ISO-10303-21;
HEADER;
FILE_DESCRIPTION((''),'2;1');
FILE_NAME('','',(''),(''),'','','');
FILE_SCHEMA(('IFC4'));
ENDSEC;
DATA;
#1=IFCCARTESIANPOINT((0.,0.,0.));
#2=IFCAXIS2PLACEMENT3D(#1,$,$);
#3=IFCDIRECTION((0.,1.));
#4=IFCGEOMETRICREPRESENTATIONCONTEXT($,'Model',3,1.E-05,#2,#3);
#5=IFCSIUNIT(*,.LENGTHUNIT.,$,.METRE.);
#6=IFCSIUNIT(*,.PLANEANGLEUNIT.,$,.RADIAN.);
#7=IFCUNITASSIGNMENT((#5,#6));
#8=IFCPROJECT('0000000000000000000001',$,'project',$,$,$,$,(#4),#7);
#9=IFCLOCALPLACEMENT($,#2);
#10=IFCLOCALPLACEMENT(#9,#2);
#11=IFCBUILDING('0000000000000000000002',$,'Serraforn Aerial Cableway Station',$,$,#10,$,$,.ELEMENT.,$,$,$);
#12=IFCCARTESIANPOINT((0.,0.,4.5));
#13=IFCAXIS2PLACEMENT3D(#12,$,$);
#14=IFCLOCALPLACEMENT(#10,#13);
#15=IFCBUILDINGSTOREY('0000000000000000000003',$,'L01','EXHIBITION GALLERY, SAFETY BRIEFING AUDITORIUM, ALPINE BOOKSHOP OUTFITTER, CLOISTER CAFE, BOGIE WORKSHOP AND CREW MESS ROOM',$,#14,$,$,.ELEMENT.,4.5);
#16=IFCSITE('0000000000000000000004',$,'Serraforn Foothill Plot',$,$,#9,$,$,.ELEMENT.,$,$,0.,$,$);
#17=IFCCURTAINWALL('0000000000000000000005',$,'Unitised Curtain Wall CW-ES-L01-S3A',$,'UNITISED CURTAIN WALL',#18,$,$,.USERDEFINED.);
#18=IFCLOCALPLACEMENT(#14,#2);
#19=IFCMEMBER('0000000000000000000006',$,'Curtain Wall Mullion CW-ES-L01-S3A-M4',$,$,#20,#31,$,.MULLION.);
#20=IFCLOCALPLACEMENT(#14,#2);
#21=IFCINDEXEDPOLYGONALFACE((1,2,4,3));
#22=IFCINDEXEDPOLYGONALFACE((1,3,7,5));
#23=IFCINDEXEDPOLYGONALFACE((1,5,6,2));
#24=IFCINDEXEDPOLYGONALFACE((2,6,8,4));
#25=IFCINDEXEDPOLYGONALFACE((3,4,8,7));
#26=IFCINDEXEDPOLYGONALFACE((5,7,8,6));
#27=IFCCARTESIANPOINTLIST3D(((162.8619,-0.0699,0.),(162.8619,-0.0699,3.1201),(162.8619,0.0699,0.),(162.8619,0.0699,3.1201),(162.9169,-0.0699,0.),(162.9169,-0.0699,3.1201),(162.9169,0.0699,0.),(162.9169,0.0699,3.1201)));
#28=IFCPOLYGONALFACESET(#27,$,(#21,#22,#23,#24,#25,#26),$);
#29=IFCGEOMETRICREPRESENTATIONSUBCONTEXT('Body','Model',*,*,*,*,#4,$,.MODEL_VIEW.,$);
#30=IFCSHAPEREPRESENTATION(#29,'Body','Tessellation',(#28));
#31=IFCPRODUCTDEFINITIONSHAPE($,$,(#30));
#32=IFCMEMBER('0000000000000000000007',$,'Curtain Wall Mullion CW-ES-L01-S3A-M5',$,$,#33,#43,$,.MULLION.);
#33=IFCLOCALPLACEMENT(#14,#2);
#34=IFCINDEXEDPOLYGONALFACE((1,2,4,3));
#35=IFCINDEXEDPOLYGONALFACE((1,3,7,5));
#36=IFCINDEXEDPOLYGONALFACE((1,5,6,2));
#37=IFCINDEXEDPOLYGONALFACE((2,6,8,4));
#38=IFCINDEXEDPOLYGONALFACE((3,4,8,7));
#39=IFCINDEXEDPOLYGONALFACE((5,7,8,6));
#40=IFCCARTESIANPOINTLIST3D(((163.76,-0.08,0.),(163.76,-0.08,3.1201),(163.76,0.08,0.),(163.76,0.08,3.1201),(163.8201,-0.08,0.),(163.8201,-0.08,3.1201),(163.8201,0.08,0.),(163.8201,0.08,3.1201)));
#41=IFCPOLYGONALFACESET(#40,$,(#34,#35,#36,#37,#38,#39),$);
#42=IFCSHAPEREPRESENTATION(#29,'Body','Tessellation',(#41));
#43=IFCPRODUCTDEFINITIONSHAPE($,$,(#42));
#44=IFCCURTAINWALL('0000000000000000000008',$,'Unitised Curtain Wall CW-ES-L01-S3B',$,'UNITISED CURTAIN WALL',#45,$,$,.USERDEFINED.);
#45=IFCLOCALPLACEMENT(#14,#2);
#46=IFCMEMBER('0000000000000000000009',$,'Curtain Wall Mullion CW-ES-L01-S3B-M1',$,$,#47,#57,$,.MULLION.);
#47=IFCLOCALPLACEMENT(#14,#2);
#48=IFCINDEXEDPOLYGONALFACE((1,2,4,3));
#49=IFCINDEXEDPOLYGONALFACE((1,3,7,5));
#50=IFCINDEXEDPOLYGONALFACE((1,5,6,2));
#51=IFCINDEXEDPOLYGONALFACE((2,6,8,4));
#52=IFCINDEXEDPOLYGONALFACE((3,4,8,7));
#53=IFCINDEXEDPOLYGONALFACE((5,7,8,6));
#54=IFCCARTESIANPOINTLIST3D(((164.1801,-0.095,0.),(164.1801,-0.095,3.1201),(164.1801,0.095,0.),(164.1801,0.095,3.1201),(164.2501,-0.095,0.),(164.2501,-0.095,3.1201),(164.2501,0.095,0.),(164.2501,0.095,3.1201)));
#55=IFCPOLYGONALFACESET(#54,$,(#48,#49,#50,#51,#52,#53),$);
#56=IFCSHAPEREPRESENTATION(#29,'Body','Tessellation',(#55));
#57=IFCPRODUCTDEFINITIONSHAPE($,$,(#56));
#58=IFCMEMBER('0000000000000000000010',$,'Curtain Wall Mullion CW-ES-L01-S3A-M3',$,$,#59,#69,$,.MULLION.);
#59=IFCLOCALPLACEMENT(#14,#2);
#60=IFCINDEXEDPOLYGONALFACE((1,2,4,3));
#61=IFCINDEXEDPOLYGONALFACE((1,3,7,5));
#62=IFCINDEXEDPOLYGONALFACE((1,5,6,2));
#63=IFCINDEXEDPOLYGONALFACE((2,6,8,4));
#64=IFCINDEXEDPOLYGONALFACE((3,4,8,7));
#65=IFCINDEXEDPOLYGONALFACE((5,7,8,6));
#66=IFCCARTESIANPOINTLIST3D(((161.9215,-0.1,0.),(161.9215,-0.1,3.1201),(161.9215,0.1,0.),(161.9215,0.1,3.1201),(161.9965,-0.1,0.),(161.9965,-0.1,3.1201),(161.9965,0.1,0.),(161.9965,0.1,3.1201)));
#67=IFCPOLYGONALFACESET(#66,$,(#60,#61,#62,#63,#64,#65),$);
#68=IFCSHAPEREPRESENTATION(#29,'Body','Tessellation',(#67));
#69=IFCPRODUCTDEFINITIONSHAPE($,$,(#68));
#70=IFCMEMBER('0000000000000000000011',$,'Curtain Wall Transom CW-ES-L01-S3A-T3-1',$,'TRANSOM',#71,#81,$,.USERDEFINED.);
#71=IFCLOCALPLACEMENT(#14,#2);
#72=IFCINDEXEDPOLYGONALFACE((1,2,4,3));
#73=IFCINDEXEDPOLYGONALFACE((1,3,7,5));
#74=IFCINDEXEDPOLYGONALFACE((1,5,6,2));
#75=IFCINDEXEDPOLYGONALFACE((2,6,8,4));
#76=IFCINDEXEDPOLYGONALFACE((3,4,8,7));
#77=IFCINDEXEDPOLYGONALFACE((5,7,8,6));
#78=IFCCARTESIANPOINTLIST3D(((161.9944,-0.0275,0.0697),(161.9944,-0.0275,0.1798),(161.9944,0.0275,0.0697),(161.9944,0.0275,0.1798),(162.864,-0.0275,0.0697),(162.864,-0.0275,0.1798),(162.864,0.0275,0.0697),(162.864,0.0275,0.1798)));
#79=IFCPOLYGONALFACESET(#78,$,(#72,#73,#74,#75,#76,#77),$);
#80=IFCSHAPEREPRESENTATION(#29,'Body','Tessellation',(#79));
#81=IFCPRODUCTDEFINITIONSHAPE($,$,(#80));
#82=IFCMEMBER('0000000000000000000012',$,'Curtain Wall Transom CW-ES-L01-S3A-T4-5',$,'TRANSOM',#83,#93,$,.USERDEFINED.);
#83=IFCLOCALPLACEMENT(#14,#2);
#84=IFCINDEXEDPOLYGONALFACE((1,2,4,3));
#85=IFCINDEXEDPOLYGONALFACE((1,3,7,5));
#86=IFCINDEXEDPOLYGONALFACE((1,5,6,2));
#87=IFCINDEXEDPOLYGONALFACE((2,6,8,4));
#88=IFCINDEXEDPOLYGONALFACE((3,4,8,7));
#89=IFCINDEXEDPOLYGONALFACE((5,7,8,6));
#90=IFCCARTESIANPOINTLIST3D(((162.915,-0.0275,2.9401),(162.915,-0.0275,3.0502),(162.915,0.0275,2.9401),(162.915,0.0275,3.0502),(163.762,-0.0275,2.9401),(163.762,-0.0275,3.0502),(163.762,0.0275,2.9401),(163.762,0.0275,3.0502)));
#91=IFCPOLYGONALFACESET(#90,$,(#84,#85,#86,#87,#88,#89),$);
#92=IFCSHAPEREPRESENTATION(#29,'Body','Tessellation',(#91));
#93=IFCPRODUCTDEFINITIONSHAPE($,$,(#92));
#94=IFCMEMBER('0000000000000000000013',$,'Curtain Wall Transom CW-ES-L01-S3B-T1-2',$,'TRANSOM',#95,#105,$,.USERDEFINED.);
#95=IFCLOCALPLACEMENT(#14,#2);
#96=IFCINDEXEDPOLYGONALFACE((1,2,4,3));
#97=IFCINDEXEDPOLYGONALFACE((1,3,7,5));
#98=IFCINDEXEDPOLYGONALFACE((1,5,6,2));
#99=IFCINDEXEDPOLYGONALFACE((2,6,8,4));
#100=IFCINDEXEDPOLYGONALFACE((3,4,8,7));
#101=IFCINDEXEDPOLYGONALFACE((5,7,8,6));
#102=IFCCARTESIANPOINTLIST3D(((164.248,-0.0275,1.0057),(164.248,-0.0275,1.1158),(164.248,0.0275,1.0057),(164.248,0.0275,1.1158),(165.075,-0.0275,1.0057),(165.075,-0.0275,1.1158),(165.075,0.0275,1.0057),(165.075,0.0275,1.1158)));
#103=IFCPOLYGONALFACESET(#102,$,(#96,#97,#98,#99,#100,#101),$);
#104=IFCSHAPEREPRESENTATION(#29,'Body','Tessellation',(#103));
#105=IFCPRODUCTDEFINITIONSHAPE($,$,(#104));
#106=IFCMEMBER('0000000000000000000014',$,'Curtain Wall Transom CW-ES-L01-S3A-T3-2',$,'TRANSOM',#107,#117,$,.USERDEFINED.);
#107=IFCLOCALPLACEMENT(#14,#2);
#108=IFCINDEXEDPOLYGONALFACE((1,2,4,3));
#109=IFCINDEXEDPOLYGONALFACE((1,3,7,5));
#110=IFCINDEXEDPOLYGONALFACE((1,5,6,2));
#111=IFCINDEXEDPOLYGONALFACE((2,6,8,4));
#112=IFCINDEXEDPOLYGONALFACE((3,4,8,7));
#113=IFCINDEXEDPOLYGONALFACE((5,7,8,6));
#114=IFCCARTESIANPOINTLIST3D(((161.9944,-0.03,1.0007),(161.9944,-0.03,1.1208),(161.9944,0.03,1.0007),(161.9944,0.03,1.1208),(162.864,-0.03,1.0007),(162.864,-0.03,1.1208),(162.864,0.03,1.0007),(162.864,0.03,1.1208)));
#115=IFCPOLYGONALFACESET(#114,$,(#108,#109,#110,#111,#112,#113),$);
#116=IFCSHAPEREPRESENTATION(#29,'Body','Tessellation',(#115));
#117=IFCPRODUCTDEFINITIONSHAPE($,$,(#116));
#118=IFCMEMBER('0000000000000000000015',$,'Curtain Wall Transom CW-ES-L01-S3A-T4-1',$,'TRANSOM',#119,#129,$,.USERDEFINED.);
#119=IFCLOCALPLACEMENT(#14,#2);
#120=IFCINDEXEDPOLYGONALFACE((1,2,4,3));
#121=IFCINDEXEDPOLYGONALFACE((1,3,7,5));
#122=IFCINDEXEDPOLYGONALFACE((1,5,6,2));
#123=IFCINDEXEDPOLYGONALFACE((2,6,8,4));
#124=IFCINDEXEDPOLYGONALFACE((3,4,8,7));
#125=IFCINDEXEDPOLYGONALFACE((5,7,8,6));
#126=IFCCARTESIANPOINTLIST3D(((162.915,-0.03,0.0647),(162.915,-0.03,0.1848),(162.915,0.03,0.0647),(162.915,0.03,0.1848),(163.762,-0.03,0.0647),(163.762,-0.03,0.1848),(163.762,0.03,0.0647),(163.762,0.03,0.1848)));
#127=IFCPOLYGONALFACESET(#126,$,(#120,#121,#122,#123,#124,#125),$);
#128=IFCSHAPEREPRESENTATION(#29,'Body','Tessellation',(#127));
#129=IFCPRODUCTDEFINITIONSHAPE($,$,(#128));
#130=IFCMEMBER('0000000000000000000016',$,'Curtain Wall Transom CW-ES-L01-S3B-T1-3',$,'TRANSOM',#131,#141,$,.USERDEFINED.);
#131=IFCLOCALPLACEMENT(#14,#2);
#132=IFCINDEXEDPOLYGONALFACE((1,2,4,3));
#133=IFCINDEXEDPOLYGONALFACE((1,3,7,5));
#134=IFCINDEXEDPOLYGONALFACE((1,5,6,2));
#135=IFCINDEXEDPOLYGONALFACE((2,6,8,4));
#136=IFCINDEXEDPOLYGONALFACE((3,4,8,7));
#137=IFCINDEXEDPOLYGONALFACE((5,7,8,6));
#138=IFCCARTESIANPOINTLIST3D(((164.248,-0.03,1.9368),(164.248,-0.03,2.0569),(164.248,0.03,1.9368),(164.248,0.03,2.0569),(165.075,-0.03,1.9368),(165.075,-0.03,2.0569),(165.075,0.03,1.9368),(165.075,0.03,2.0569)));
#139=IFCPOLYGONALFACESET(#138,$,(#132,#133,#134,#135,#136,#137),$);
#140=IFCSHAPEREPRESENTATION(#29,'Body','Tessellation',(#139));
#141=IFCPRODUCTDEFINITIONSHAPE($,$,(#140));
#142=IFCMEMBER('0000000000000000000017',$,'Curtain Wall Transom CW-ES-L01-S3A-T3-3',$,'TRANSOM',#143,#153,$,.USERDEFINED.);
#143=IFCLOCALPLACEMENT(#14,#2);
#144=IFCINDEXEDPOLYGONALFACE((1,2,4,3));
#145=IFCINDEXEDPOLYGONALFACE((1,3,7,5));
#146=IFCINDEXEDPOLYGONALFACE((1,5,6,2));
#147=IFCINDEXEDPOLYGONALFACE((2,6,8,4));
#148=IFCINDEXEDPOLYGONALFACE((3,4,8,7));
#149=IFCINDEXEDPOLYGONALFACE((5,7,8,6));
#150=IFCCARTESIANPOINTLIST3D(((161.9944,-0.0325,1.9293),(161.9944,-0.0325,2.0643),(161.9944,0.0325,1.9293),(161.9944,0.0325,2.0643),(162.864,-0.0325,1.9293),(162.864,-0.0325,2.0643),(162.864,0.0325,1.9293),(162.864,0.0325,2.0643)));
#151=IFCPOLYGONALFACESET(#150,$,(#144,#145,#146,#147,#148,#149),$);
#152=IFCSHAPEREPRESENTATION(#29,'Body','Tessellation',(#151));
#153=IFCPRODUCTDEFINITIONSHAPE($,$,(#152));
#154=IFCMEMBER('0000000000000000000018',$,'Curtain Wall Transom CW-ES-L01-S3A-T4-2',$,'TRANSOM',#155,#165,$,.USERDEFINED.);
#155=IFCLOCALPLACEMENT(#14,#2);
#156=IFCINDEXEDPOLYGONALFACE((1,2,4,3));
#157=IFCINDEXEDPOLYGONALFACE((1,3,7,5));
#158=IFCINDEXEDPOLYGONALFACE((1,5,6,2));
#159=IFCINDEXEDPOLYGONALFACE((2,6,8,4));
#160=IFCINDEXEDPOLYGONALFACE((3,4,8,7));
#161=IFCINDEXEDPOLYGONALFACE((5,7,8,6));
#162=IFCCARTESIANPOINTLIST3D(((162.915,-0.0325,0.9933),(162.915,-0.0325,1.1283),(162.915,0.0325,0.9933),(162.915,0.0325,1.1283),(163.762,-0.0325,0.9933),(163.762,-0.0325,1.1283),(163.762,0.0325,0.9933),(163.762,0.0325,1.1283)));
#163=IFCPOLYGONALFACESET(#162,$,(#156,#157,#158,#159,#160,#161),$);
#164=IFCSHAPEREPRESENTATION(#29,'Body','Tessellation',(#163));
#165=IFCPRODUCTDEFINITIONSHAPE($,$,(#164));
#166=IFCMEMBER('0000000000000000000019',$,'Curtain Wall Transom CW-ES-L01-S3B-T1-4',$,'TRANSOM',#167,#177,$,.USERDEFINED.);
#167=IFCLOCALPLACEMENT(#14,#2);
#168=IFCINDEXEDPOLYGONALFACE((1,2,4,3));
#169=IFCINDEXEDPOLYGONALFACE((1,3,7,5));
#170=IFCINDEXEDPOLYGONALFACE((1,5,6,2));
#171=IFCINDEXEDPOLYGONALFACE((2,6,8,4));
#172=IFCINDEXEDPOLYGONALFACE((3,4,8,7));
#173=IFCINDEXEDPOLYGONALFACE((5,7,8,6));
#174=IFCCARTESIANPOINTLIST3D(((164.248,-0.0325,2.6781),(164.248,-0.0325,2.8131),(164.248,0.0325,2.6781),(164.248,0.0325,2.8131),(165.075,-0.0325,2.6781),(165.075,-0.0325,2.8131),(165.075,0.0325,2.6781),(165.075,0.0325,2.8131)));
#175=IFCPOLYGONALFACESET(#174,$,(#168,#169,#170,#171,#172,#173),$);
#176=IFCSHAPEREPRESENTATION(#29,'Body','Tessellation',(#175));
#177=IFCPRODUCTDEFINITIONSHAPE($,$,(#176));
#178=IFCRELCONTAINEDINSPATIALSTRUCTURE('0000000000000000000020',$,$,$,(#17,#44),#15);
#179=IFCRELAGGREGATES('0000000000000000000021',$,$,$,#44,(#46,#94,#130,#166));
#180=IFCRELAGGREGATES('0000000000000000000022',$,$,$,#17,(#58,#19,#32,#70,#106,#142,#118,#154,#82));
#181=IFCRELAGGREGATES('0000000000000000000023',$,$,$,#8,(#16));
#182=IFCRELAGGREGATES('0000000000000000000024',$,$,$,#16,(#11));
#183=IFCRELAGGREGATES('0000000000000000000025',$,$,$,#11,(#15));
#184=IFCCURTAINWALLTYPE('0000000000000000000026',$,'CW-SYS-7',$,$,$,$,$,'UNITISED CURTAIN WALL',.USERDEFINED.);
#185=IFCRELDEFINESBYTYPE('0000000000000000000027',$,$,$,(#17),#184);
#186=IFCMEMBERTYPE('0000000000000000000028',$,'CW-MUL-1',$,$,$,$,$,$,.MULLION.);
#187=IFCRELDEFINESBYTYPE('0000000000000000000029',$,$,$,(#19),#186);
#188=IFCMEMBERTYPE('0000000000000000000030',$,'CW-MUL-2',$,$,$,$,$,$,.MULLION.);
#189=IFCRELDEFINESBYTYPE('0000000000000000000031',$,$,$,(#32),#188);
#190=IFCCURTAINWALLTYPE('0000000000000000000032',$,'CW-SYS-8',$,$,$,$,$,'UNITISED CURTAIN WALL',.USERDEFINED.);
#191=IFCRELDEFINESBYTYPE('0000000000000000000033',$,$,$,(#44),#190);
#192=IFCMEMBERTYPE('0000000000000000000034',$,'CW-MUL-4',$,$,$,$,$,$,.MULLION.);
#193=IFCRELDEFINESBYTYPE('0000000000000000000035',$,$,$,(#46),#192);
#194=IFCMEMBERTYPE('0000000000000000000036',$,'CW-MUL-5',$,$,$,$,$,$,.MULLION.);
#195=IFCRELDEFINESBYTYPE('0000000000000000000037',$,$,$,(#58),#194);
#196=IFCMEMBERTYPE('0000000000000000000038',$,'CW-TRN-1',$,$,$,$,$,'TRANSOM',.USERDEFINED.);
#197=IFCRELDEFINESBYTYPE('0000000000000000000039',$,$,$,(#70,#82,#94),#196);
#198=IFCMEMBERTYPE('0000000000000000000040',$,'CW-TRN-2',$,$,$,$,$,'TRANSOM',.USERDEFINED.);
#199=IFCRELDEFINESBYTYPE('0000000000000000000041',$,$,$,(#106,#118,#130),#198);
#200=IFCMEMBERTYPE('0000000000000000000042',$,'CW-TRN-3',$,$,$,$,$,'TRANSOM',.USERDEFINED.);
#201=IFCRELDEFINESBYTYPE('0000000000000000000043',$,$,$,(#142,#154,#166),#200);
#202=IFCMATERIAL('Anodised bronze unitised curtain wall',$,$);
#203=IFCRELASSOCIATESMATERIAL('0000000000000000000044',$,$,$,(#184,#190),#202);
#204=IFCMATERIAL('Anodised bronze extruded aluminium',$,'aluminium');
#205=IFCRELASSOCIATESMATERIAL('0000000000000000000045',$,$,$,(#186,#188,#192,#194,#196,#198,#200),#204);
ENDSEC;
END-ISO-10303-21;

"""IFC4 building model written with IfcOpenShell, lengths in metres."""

from ifc_helpers import new_model, si_unit, direction, frame, origin, origin_2d, place, context, subcontext, project, spatial, rectangle, extrude, material, material_profile, profile_set, type_object, element, aggregate, save


model = new_model("IFC4")

# Units and contexts
model_context = context("Model", 3, precision=1e-05, world=origin(), true_north=direction((0.0, 1.0)))
body_context = subcontext(model_context, "Body", "Model", "MODEL_VIEW")
ifc_project = project(units=[si_unit("LENGTHUNIT", "METRE"), si_unit("PLANEANGLEUNIT", "RADIAN")], contexts=[model_context])

# Site, building, storey
site_placement = place(None, origin())
site = spatial("IfcSite", under=ifc_project, at=site_placement, Name="Serraforn Foothill Plot", CompositionType="ELEMENT", RefElevation=0.0)
building_placement = place(site_placement, origin())
building = spatial("IfcBuilding", under=site, at=building_placement, Name="Serraforn Aerial Cableway Station", CompositionType="ELEMENT")
storey_placement = place(building_placement, frame((0.0, 0.0, 4.5)))
storey = spatial("IfcBuildingStorey", under=building, at=storey_placement, Name="L01", Description="EXHIBITION GALLERY, SAFETY BRIEFING AUDITORIUM, ALPINE BOOKSHOP OUTFITTER, CLOISTER CAFE, BOGIE WORKSHOP AND CREW MESS ROOM", CompositionType="ELEMENT", Elevation=4.5)

# Curtain wall, members
ifc_material_1 = material(Name="Anodised bronze unitised curtain wall")
curtain_wall_type_1 = type_object("IfcCurtainWallType", Name="CW-SYS-7", ElementType="UNITISED CURTAIN WALL", PredefinedType="USERDEFINED", material=ifc_material_1)
curtain_wall_1_placement = place(storey_placement, origin())
curtain_wall_1 = element("IfcCurtainWall", 1, at=curtain_wall_1_placement, inside=storey, type_object=curtain_wall_type_1, Name="Unitised Curtain Wall CW-ES-L01-S3A", ObjectType="UNITISED CURTAIN WALL", PredefinedType="USERDEFINED")
ifc_material_2 = material(Name="Anodised bronze extruded aluminium", Category="aluminium")
ifc_material_profile_1 = material_profile(ifc_material_2, rectangle(XDim=0.0549, YDim=0.1399, at=origin_2d()), Name="CW MULLION 55x140")
ifc_profile_set_1 = profile_set([ifc_material_profile_1], Name="Anodised bronze extruded aluminium")
member_type_1 = type_object("IfcMemberType", Name="CW-MUL-1", PredefinedType="MULLION", material=ifc_profile_set_1)
member_1_placement = place(storey_placement, frame((162.8894, 0.0, 0.0), z_axis=(0.0, 0.0, 1.0), x_axis=(1.0, 0.0, 0.0)))
member_1 = element("IfcMember", 2, at=member_1_placement, type_object=member_type_1, Name="Curtain Wall Mullion CW-ES-L01-S3A-M4", PredefinedType="MULLION", context=body_context, shape_type="SweptSolid", body=[
    extrude(rectangle(XDim=0.0549, YDim=0.1399, at=origin_2d()), origin(), (0.0, 0.0, 1.0), 3.1201),
])
ifc_material_profile_2 = material_profile(ifc_material_2, rectangle(XDim=0.0601, YDim=0.1599, at=origin_2d()), Name="CW MULLION 60x160")
ifc_profile_set_2 = profile_set([ifc_material_profile_2], Name="Anodised bronze extruded aluminium")
member_type_2 = type_object("IfcMemberType", Name="CW-MUL-2", PredefinedType="MULLION", material=ifc_profile_set_2)
member_2_placement = place(storey_placement, frame((163.79, 0.0, 0.0), z_axis=(0.0, 0.0, 1.0), x_axis=(1.0, 0.0, 0.0)))
member_2 = element("IfcMember", 3, at=member_2_placement, type_object=member_type_2, Name="Curtain Wall Mullion CW-ES-L01-S3A-M5", PredefinedType="MULLION", context=body_context, shape_type="SweptSolid", body=[
    extrude(rectangle(XDim=0.0601, YDim=0.1599, at=origin_2d()), origin(), (0.0, 0.0, 1.0), 3.1201),
])

# Curtain wall, member
curtain_wall_type_2 = type_object("IfcCurtainWallType", Name="CW-SYS-8", ElementType="UNITISED CURTAIN WALL", PredefinedType="USERDEFINED", material=ifc_material_1)
curtain_wall_2_placement = place(storey_placement, origin())
curtain_wall_2 = element("IfcCurtainWall", 4, at=curtain_wall_2_placement, inside=storey, type_object=curtain_wall_type_2, Name="Unitised Curtain Wall CW-ES-L01-S3B", ObjectType="UNITISED CURTAIN WALL", PredefinedType="USERDEFINED")
ifc_material_profile_3 = material_profile(ifc_material_2, rectangle(XDim=0.0701, YDim=0.1899, at=origin_2d()), Name="CW MULLION 70x190")
ifc_profile_set_3 = profile_set([ifc_material_profile_3], Name="Anodised bronze extruded aluminium")
member_type_3 = type_object("IfcMemberType", Name="CW-MUL-4", PredefinedType="MULLION", material=ifc_profile_set_3)
member_3_placement = place(storey_placement, frame((164.2151, 0.0, 0.0), z_axis=(0.0, 0.0, 1.0), x_axis=(1.0, 0.0, 0.0)))
member_3 = element("IfcMember", 5, at=member_3_placement, type_object=member_type_3, Name="Curtain Wall Mullion CW-ES-L01-S3B-M1", PredefinedType="MULLION", context=body_context, shape_type="SweptSolid", body=[
    extrude(rectangle(XDim=0.0701, YDim=0.1899, at=origin_2d()), origin(), (0.0, 0.0, 1.0), 3.1201),
])

# Members
ifc_material_profile_4 = material_profile(ifc_material_2, rectangle(XDim=0.075, YDim=0.2, at=origin_2d()), Name="CW MULLION 75x200")
ifc_profile_set_4 = profile_set([ifc_material_profile_4], Name="Anodised bronze extruded aluminium")
member_type_4 = type_object("IfcMemberType", Name="CW-MUL-5", PredefinedType="MULLION", material=ifc_profile_set_4)
member_4_placement = place(storey_placement, frame((161.959, 0.0, 0.0), z_axis=(0.0, 0.0, 1.0), x_axis=(1.0, 0.0, 0.0)))
member_4 = element("IfcMember", 6, at=member_4_placement, type_object=member_type_4, Name="Curtain Wall Mullion CW-ES-L01-S3A-M3", PredefinedType="MULLION", context=body_context, shape_type="SweptSolid", body=[
    extrude(rectangle(XDim=0.075, YDim=0.2, at=origin_2d()), origin(), (0.0, 0.0, 1.0), 3.1201),
])
ifc_material_profile_5 = material_profile(ifc_material_2, rectangle(XDim=0.0549, YDim=0.1101, at=origin_2d()), Name="CW TRANSOM 55x110")
ifc_profile_set_5 = profile_set([ifc_material_profile_5], Name="Anodised bronze extruded aluminium")
member_type_5 = type_object("IfcMemberType", Name="CW-TRN-1", ElementType="TRANSOM", PredefinedType="USERDEFINED", material=ifc_profile_set_5)
member_5_placement = place(storey_placement, frame((161.9944, 0.0, 0.1248), z_axis=(1.0, 0.0, 0.0), x_axis=(0.0, 1.0, 0.0)))
member_5 = element("IfcMember", 7, at=member_5_placement, type_object=member_type_5, Name="Curtain Wall Transom CW-ES-L01-S3A-T3-1", ObjectType="TRANSOM", PredefinedType="USERDEFINED", context=body_context, shape_type="SweptSolid", body=[
    extrude(rectangle(XDim=0.0549, YDim=0.1101, at=origin_2d()), origin(), (0.0, 0.0, 1.0), 0.8696),
])
member_6_placement = place(storey_placement, frame((162.915, 0.0, 2.9951), z_axis=(1.0, 0.0, 0.0), x_axis=(0.0, 1.0, 0.0)))
member_6 = element("IfcMember", 8, at=member_6_placement, type_object=member_type_5, Name="Curtain Wall Transom CW-ES-L01-S3A-T4-5", ObjectType="TRANSOM", PredefinedType="USERDEFINED", context=body_context, shape_type="SweptSolid", body=[
    extrude(rectangle(XDim=0.0549, YDim=0.1101, at=origin_2d()), origin(), (0.0, 0.0, 1.0), 0.8469),
])
member_7_placement = place(storey_placement, frame((164.248, 0.0, 1.0608), z_axis=(1.0, 0.0, 0.0), x_axis=(0.0, 1.0, 0.0)))
member_7 = element("IfcMember", 9, at=member_7_placement, type_object=member_type_5, Name="Curtain Wall Transom CW-ES-L01-S3B-T1-2", ObjectType="TRANSOM", PredefinedType="USERDEFINED", context=body_context, shape_type="SweptSolid", body=[
    extrude(rectangle(XDim=0.0549, YDim=0.1101, at=origin_2d()), origin(), (0.0, 0.0, 1.0), 0.8269),
])
ifc_material_profile_6 = material_profile(ifc_material_2, rectangle(XDim=0.0601, YDim=0.1201, at=origin_2d()), Name="CW TRANSOM 60x120")
ifc_profile_set_6 = profile_set([ifc_material_profile_6], Name="Anodised bronze extruded aluminium")
member_type_6 = type_object("IfcMemberType", Name="CW-TRN-2", ElementType="TRANSOM", PredefinedType="USERDEFINED", material=ifc_profile_set_6)
member_8_placement = place(storey_placement, frame((161.9944, 0.0, 1.0608), z_axis=(1.0, 0.0, 0.0), x_axis=(0.0, 1.0, 0.0)))
member_8 = element("IfcMember", 10, at=member_8_placement, type_object=member_type_6, Name="Curtain Wall Transom CW-ES-L01-S3A-T3-2", ObjectType="TRANSOM", PredefinedType="USERDEFINED", context=body_context, shape_type="SweptSolid", body=[
    extrude(rectangle(XDim=0.0601, YDim=0.1201, at=origin_2d()), origin(), (0.0, 0.0, 1.0), 0.8696),
])
member_9_placement = place(storey_placement, frame((162.915, 0.0, 0.1248), z_axis=(1.0, 0.0, 0.0), x_axis=(0.0, 1.0, 0.0)))
member_9 = element("IfcMember", 11, at=member_9_placement, type_object=member_type_6, Name="Curtain Wall Transom CW-ES-L01-S3A-T4-1", ObjectType="TRANSOM", PredefinedType="USERDEFINED", context=body_context, shape_type="SweptSolid", body=[
    extrude(rectangle(XDim=0.0601, YDim=0.1201, at=origin_2d()), origin(), (0.0, 0.0, 1.0), 0.8469),
])
member_10_placement = place(storey_placement, frame((164.248, 0.0, 1.9968), z_axis=(1.0, 0.0, 0.0), x_axis=(0.0, 1.0, 0.0)))
member_10 = element("IfcMember", 12, at=member_10_placement, type_object=member_type_6, Name="Curtain Wall Transom CW-ES-L01-S3B-T1-3", ObjectType="TRANSOM", PredefinedType="USERDEFINED", context=body_context, shape_type="SweptSolid", body=[
    extrude(rectangle(XDim=0.0601, YDim=0.1201, at=origin_2d()), origin(), (0.0, 0.0, 1.0), 0.8269),
])
ifc_material_profile_7 = material_profile(ifc_material_2, rectangle(XDim=0.0649, YDim=0.135, at=origin_2d()), Name="CW TRANSOM 65x135")
ifc_profile_set_7 = profile_set([ifc_material_profile_7], Name="Anodised bronze extruded aluminium")
member_type_7 = type_object("IfcMemberType", Name="CW-TRN-3", ElementType="TRANSOM", PredefinedType="USERDEFINED", material=ifc_profile_set_7)
member_11_placement = place(storey_placement, frame((161.9944, 0.0, 1.9968), z_axis=(1.0, 0.0, 0.0), x_axis=(0.0, 1.0, 0.0)))
member_11 = element("IfcMember", 13, at=member_11_placement, type_object=member_type_7, Name="Curtain Wall Transom CW-ES-L01-S3A-T3-3", ObjectType="TRANSOM", PredefinedType="USERDEFINED", context=body_context, shape_type="SweptSolid", body=[
    extrude(rectangle(XDim=0.0649, YDim=0.135, at=origin_2d()), origin(), (0.0, 0.0, 1.0), 0.8696),
])
member_12_placement = place(storey_placement, frame((162.915, 0.0, 1.0608), z_axis=(1.0, 0.0, 0.0), x_axis=(0.0, 1.0, 0.0)))
member_12 = element("IfcMember", 14, at=member_12_placement, type_object=member_type_7, Name="Curtain Wall Transom CW-ES-L01-S3A-T4-2", ObjectType="TRANSOM", PredefinedType="USERDEFINED", context=body_context, shape_type="SweptSolid", body=[
    extrude(rectangle(XDim=0.0649, YDim=0.135, at=origin_2d()), origin(), (0.0, 0.0, 1.0), 0.8469),
])
member_13_placement = place(storey_placement, frame((164.248, 0.0, 2.7456), z_axis=(1.0, 0.0, 0.0), x_axis=(0.0, 1.0, 0.0)))
member_13 = element("IfcMember", 15, at=member_13_placement, type_object=member_type_7, Name="Curtain Wall Transom CW-ES-L01-S3B-T1-4", ObjectType="TRANSOM", PredefinedType="USERDEFINED", context=body_context, shape_type="SweptSolid", body=[
    extrude(rectangle(XDim=0.0649, YDim=0.135, at=origin_2d()), origin(), (0.0, 0.0, 1.0), 0.8269),
])

aggregate(curtain_wall_2, [member_3, member_7, member_10, member_13])
aggregate(curtain_wall_1, [member_4, member_1, member_2, member_5, member_8, member_11, member_9, member_12, member_6])

save(model, "model.ifc")
